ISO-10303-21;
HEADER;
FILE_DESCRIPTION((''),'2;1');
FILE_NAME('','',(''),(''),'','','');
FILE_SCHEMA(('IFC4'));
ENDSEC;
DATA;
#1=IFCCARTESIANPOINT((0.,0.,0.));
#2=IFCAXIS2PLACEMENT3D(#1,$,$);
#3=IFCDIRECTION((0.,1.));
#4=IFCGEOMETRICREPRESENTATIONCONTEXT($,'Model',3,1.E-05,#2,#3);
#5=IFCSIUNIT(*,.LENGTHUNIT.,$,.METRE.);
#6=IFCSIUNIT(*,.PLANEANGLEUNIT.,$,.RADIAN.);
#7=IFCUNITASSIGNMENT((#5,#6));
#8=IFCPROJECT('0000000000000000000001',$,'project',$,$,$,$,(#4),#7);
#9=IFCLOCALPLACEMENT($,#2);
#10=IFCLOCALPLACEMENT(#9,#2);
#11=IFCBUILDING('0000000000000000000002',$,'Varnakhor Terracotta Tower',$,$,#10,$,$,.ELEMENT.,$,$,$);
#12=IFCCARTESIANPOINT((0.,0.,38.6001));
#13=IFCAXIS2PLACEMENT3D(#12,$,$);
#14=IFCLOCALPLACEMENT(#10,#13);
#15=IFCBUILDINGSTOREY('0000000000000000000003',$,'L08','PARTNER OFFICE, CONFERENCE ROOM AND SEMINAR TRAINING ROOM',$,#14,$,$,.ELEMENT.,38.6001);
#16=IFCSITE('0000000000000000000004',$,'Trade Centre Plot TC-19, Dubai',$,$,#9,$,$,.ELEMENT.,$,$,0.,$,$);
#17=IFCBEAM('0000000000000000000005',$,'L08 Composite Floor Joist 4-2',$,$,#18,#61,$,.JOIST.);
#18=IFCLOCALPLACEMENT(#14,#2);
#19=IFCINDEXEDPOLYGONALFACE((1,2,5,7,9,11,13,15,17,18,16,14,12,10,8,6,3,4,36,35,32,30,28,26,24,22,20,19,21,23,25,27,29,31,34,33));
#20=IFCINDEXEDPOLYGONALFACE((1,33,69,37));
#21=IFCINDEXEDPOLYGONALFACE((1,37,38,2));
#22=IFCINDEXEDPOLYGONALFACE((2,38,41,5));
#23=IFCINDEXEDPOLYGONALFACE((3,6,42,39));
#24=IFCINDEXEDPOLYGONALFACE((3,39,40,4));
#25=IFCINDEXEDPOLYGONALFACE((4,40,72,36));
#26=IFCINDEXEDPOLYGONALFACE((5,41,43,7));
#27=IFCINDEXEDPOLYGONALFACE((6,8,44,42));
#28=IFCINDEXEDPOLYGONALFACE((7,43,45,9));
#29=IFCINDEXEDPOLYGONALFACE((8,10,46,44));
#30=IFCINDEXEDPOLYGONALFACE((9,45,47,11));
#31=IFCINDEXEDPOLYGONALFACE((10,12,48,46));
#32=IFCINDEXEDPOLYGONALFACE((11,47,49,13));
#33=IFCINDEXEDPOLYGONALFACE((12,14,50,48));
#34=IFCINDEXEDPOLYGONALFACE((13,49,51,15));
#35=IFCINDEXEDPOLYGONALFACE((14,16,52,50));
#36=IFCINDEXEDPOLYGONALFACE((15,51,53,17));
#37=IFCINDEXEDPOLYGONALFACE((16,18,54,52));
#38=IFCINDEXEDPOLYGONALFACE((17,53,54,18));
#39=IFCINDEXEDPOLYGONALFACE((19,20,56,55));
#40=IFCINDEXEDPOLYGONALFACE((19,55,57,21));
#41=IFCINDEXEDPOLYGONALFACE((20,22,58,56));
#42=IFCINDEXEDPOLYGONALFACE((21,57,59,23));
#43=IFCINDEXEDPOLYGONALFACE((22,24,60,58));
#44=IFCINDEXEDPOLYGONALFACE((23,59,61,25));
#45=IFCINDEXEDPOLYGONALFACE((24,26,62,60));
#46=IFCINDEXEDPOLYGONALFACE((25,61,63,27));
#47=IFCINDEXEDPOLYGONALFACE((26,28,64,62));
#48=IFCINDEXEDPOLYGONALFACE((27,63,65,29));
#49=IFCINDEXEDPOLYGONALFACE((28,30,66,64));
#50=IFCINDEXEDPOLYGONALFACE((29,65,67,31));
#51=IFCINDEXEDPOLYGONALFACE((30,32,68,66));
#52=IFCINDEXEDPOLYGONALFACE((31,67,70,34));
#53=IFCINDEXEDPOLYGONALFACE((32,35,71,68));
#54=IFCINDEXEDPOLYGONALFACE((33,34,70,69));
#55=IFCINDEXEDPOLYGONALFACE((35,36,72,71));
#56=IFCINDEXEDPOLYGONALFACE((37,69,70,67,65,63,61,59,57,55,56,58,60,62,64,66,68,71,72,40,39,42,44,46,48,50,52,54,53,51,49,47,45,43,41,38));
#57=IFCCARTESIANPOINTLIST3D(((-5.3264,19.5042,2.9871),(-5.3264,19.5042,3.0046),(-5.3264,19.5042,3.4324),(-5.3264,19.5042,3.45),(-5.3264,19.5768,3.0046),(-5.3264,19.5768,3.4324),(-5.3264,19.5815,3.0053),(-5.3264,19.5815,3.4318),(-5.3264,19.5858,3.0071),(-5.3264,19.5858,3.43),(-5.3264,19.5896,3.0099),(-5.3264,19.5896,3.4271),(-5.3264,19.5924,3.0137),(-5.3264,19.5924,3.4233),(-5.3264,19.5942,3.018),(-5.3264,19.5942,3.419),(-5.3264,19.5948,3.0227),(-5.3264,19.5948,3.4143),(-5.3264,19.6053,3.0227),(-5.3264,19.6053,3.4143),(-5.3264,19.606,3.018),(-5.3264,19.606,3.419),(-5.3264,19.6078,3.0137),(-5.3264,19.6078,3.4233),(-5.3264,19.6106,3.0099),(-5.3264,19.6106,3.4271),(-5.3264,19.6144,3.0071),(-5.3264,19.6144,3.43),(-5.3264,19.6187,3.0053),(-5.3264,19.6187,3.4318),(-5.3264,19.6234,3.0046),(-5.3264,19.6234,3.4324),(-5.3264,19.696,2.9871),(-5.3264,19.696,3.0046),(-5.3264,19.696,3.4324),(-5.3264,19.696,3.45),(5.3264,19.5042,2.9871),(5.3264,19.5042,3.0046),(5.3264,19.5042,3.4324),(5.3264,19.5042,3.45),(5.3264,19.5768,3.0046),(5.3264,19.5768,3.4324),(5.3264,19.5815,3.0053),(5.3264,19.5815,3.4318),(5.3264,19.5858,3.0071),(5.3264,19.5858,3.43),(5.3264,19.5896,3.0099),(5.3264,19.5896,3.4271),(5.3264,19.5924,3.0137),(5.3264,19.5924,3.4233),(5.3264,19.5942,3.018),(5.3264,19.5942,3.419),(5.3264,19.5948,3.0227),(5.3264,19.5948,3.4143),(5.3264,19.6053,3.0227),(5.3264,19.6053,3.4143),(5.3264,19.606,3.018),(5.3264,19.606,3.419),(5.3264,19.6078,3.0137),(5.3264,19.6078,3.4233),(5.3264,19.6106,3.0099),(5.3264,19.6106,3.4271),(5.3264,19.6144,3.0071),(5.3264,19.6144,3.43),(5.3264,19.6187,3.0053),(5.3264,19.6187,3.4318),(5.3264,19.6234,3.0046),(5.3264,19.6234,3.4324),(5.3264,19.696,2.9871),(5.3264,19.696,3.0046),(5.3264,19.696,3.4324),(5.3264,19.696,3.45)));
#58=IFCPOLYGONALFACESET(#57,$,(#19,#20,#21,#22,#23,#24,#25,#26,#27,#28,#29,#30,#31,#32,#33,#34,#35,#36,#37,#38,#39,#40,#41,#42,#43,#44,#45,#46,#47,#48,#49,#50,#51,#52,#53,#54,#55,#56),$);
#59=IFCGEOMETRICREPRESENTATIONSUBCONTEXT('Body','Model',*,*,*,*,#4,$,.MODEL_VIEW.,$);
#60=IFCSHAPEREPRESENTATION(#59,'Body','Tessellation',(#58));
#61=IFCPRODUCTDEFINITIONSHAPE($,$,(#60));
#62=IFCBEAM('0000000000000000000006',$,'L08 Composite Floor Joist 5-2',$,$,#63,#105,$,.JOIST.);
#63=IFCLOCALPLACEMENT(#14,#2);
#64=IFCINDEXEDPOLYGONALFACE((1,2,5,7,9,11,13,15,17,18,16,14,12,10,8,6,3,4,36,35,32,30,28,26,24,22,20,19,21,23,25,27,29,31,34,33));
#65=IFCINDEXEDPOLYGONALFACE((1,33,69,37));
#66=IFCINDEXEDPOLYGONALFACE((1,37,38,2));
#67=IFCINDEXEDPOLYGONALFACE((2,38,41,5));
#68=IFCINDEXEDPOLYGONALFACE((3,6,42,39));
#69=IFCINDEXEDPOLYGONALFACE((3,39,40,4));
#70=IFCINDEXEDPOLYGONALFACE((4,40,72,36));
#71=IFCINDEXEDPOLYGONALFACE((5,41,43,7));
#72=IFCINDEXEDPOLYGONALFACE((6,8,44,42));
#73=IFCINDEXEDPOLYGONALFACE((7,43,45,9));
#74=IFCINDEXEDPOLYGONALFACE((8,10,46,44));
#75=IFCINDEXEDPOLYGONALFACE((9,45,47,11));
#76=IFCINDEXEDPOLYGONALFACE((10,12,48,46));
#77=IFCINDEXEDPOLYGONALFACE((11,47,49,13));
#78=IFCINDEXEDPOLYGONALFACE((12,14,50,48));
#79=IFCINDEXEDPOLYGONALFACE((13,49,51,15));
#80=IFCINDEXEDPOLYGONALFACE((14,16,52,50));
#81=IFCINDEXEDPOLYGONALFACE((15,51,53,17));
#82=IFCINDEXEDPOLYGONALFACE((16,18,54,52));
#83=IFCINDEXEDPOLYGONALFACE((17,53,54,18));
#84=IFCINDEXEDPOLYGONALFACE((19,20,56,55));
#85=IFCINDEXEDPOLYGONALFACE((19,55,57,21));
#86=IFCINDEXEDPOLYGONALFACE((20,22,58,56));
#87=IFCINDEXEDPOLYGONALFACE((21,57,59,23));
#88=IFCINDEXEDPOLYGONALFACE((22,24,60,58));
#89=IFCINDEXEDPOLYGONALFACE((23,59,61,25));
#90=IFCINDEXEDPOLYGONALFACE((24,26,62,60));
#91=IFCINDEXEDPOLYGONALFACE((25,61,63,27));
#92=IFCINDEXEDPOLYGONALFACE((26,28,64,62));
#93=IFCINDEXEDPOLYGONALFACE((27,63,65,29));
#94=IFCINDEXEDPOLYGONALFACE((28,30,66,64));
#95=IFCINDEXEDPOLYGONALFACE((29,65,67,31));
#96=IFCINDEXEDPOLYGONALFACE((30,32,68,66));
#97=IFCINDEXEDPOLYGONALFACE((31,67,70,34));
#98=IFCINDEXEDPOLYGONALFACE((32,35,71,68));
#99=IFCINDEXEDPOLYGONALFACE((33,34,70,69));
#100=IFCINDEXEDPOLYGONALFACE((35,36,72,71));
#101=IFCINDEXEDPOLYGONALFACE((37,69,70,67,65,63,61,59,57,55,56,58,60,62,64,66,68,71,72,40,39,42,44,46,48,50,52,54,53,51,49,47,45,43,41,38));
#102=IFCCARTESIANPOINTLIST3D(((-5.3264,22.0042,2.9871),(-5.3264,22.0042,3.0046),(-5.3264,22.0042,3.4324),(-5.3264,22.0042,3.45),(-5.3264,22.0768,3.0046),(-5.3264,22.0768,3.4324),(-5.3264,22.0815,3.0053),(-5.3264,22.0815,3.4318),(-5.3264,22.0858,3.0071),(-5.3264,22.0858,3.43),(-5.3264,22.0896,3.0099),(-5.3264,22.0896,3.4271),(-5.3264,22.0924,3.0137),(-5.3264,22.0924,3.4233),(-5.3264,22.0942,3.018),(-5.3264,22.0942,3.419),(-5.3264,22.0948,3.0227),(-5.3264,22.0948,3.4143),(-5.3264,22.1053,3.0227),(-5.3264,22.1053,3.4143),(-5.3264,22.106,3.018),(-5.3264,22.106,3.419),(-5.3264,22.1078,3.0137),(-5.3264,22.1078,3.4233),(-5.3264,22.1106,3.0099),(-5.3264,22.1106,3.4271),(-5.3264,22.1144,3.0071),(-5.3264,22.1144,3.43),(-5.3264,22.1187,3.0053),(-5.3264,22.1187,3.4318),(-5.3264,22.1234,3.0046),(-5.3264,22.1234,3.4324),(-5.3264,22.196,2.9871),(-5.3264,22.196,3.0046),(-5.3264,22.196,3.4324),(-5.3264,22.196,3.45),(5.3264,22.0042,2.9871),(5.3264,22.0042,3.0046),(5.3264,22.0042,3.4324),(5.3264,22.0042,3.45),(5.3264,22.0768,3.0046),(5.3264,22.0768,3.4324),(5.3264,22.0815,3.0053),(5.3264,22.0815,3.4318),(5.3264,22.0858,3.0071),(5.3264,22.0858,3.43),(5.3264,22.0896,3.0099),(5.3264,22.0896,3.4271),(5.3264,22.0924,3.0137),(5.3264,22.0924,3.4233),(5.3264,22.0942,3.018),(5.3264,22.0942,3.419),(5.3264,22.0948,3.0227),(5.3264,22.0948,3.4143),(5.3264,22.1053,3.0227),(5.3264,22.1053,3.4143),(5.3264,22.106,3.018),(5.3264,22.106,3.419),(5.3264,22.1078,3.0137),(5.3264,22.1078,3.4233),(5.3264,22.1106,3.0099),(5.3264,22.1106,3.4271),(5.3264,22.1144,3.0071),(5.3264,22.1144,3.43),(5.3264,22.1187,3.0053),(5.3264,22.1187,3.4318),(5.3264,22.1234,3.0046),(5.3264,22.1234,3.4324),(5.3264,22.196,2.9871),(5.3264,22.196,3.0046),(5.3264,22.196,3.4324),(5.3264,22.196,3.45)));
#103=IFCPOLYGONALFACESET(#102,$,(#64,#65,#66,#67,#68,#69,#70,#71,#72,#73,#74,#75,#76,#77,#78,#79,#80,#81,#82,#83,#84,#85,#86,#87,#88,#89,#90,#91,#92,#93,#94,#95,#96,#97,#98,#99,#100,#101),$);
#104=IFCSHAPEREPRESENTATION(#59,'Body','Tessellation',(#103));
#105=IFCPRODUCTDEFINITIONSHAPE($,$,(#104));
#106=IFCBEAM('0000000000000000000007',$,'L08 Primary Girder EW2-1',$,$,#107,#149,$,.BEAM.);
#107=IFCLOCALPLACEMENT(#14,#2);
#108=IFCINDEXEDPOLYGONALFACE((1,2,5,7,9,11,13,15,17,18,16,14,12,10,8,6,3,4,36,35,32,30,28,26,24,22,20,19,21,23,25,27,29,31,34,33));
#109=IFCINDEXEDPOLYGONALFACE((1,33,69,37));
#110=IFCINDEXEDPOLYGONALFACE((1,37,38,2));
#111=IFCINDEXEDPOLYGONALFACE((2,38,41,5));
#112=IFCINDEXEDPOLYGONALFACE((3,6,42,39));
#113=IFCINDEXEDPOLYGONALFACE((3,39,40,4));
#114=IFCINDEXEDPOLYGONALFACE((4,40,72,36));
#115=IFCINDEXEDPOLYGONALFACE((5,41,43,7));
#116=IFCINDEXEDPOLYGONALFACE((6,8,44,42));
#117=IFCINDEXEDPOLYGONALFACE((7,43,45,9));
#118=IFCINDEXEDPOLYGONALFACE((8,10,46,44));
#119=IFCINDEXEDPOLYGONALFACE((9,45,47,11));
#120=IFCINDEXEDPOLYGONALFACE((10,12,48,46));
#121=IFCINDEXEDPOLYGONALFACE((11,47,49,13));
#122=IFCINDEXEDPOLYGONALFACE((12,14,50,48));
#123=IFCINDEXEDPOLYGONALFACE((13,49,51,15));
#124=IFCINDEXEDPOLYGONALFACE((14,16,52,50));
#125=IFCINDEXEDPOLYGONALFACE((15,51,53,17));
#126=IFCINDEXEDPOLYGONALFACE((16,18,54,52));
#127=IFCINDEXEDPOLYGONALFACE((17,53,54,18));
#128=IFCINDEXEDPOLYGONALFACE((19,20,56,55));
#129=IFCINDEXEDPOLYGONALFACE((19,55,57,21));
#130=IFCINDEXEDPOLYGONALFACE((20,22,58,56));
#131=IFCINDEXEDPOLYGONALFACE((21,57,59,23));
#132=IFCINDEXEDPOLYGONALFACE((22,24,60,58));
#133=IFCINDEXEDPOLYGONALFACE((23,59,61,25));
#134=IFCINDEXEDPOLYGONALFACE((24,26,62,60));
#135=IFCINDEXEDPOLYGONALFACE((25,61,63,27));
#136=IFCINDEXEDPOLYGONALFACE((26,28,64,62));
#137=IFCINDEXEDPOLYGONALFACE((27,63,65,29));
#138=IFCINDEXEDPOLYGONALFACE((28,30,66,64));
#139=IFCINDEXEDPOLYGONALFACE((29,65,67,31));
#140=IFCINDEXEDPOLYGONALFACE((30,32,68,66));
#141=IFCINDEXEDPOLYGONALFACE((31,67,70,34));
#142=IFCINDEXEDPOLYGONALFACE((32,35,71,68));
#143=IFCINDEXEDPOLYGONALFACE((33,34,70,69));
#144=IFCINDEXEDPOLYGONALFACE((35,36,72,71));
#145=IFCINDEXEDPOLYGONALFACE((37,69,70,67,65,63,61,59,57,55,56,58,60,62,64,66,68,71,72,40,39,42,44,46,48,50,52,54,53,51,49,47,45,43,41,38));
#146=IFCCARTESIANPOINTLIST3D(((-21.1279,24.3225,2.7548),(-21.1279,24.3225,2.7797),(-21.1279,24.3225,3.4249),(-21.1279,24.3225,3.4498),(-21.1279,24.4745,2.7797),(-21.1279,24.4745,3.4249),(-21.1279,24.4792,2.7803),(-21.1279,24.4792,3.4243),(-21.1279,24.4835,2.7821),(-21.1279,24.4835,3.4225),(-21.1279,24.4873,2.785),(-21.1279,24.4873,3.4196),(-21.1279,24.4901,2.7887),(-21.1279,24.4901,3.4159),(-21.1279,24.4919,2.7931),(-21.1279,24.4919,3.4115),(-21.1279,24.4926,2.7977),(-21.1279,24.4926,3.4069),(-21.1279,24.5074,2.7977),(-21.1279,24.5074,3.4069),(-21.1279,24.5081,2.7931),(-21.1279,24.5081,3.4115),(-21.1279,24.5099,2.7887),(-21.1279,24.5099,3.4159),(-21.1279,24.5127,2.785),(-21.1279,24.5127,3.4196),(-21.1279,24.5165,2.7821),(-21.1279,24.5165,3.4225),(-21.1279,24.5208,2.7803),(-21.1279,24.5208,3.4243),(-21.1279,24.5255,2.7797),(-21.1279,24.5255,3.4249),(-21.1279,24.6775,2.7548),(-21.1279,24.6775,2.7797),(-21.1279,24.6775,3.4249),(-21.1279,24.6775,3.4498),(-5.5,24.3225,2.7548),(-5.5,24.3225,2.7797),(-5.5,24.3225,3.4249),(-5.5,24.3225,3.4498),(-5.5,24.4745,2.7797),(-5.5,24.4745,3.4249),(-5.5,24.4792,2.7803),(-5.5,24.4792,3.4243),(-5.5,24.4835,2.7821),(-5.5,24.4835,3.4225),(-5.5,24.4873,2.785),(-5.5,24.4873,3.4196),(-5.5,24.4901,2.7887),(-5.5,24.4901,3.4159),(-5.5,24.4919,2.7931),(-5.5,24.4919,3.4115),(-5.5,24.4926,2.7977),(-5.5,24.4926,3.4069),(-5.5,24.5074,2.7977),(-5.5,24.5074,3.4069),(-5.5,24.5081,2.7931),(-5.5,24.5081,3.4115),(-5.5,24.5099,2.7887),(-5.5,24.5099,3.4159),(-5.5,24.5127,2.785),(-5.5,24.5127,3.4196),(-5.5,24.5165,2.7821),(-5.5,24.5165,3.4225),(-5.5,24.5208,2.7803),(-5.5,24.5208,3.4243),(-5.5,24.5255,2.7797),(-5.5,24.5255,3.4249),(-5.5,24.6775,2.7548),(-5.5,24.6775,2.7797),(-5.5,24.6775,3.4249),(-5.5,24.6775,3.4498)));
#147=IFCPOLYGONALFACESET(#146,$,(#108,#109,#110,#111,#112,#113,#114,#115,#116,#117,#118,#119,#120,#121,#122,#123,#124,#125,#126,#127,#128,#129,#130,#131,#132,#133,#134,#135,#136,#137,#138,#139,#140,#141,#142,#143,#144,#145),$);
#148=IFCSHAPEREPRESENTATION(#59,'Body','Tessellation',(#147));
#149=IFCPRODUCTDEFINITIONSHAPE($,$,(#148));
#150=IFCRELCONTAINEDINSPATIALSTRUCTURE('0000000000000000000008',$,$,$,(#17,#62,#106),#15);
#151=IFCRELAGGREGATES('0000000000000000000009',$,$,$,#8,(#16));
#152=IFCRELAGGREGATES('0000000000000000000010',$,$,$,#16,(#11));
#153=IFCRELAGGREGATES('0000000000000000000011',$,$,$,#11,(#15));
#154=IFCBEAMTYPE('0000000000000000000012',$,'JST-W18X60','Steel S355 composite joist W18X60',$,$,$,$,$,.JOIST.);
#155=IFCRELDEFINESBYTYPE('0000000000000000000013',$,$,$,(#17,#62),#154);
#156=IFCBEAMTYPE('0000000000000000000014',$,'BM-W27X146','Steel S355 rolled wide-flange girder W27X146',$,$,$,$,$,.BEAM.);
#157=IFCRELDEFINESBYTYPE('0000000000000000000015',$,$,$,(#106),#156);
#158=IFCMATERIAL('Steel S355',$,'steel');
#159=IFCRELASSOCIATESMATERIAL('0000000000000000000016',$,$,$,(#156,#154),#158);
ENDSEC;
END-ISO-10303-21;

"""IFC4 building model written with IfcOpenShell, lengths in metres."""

from ifc_helpers import new_model, si_unit, direction, frame, origin, origin_2d, place, context, subcontext, project, spatial, i_section, extrude, source, transform, mapped, material, material_profile, profile_set, type_object, element, save


model = new_model("IFC4")

# Units and contexts
model_context = context("Model", 3, precision=1e-05, world=origin(), true_north=direction((0.0, 1.0)))
body_context = subcontext(model_context, "Body", "Model", "MODEL_VIEW")
ifc_project = project(units=[si_unit("LENGTHUNIT", "METRE"), si_unit("PLANEANGLEUNIT", "RADIAN")], contexts=[model_context])

# Site, building, storey
site_placement = place(None, origin())
site = spatial("IfcSite", under=ifc_project, at=site_placement, Name="Trade Centre Plot TC-19, Dubai", CompositionType="ELEMENT", RefElevation=0.0)
building_placement = place(site_placement, origin())
building = spatial("IfcBuilding", under=site, at=building_placement, Name="Varnakhor Terracotta Tower", CompositionType="ELEMENT")
storey_placement = place(building_placement, frame((0.0, 0.0, 38.6001)))
storey = spatial("IfcBuildingStorey", under=building, at=storey_placement, Name="L08", Description="PARTNER OFFICE, CONFERENCE ROOM AND SEMINAR TRAINING ROOM", CompositionType="ELEMENT", Elevation=38.6001)

# Beams
ifc_material_1 = material(Name="Steel S355", Category="steel")
ifc_material_profile_1 = material_profile(ifc_material_1, i_section(OverallWidth=0.355, OverallDepth=0.6951, WebThickness=0.0149, FlangeThickness=0.0249, FilletRadius=0.0181, at=origin_2d()), Name="W27X146")
ifc_profile_set_1 = profile_set([ifc_material_profile_1], Name="Steel S355")
beam_type_1 = type_object("IfcBeamType", Name="BM-W27X146", Description="Steel S355 rolled wide-flange girder W27X146", PredefinedType="BEAM", material=ifc_profile_set_1)
ifc_material_profile_2 = material_profile(ifc_material_1, i_section(OverallWidth=0.1919, OverallDepth=0.4629, WebThickness=0.0105, FlangeThickness=0.0176, FilletRadius=0.0181, at=origin_2d()), Name="W18X60")
ifc_profile_set_2 = profile_set([ifc_material_profile_2], Name="Steel S355")
beam_type_2 = type_object("IfcBeamType", Name="JST-W18X60", Description="Steel S355 composite joist W18X60", PredefinedType="JOIST", material=ifc_profile_set_2)
shared_shape_1 = source(origin(), body_context, "Body", "SweptSolid", [
    extrude(i_section(OverallWidth=0.1919, OverallDepth=0.4629, WebThickness=0.0105, FlangeThickness=0.0176, FilletRadius=0.0181, at=origin_2d()), origin(), (0.0, 0.0, 1.0), 10.6528),
])
for number, where, z_axis, x_axis, name in (
    (1, (-5.3264, 19.6001, 3.2185), (1.0, 0.0, 0.0), (0.0, 1.0, 0.0), "L08 Composite Floor Joist 4-2"),
    (2, (-5.3264, 22.1001, 3.2185), (1.0, 0.0, 0.0), (0.0, 1.0, 0.0), "L08 Composite Floor Joist 5-2"),
):
    element("IfcBeam", number, at=place(storey_placement, frame(where, z_axis=z_axis, x_axis=x_axis)), inside=storey, type_object=beam_type_2, Name=name, PredefinedType="JOIST", context=body_context, shape_type="MappedRepresentation", body=[
        mapped(shared_shape_1, transform((0.0, 0.0, 0.0), scale=1.0)),
    ])
shared_shape_2 = source(origin(), body_context, "Body", "SweptSolid", [
    extrude(i_section(OverallWidth=0.355, OverallDepth=0.6951, WebThickness=0.0149, FlangeThickness=0.0249, FilletRadius=0.0181, at=origin_2d()), origin(), (0.0, 0.0, 1.0), 15.6279),
])
beam_1_placement = place(storey_placement, frame((-21.1279, 24.5, 3.1023), z_axis=(1.0, 0.0, 0.0), x_axis=(0.0, 1.0, 0.0)))
element("IfcBeam", 3, at=beam_1_placement, inside=storey, type_object=beam_type_1, Name="L08 Primary Girder EW2-1", PredefinedType="BEAM", context=body_context, shape_type="MappedRepresentation", body=[
    mapped(shared_shape_2, transform((0.0, 0.0, 0.0), scale=1.0)),
])

save(model, "model.ifc")
